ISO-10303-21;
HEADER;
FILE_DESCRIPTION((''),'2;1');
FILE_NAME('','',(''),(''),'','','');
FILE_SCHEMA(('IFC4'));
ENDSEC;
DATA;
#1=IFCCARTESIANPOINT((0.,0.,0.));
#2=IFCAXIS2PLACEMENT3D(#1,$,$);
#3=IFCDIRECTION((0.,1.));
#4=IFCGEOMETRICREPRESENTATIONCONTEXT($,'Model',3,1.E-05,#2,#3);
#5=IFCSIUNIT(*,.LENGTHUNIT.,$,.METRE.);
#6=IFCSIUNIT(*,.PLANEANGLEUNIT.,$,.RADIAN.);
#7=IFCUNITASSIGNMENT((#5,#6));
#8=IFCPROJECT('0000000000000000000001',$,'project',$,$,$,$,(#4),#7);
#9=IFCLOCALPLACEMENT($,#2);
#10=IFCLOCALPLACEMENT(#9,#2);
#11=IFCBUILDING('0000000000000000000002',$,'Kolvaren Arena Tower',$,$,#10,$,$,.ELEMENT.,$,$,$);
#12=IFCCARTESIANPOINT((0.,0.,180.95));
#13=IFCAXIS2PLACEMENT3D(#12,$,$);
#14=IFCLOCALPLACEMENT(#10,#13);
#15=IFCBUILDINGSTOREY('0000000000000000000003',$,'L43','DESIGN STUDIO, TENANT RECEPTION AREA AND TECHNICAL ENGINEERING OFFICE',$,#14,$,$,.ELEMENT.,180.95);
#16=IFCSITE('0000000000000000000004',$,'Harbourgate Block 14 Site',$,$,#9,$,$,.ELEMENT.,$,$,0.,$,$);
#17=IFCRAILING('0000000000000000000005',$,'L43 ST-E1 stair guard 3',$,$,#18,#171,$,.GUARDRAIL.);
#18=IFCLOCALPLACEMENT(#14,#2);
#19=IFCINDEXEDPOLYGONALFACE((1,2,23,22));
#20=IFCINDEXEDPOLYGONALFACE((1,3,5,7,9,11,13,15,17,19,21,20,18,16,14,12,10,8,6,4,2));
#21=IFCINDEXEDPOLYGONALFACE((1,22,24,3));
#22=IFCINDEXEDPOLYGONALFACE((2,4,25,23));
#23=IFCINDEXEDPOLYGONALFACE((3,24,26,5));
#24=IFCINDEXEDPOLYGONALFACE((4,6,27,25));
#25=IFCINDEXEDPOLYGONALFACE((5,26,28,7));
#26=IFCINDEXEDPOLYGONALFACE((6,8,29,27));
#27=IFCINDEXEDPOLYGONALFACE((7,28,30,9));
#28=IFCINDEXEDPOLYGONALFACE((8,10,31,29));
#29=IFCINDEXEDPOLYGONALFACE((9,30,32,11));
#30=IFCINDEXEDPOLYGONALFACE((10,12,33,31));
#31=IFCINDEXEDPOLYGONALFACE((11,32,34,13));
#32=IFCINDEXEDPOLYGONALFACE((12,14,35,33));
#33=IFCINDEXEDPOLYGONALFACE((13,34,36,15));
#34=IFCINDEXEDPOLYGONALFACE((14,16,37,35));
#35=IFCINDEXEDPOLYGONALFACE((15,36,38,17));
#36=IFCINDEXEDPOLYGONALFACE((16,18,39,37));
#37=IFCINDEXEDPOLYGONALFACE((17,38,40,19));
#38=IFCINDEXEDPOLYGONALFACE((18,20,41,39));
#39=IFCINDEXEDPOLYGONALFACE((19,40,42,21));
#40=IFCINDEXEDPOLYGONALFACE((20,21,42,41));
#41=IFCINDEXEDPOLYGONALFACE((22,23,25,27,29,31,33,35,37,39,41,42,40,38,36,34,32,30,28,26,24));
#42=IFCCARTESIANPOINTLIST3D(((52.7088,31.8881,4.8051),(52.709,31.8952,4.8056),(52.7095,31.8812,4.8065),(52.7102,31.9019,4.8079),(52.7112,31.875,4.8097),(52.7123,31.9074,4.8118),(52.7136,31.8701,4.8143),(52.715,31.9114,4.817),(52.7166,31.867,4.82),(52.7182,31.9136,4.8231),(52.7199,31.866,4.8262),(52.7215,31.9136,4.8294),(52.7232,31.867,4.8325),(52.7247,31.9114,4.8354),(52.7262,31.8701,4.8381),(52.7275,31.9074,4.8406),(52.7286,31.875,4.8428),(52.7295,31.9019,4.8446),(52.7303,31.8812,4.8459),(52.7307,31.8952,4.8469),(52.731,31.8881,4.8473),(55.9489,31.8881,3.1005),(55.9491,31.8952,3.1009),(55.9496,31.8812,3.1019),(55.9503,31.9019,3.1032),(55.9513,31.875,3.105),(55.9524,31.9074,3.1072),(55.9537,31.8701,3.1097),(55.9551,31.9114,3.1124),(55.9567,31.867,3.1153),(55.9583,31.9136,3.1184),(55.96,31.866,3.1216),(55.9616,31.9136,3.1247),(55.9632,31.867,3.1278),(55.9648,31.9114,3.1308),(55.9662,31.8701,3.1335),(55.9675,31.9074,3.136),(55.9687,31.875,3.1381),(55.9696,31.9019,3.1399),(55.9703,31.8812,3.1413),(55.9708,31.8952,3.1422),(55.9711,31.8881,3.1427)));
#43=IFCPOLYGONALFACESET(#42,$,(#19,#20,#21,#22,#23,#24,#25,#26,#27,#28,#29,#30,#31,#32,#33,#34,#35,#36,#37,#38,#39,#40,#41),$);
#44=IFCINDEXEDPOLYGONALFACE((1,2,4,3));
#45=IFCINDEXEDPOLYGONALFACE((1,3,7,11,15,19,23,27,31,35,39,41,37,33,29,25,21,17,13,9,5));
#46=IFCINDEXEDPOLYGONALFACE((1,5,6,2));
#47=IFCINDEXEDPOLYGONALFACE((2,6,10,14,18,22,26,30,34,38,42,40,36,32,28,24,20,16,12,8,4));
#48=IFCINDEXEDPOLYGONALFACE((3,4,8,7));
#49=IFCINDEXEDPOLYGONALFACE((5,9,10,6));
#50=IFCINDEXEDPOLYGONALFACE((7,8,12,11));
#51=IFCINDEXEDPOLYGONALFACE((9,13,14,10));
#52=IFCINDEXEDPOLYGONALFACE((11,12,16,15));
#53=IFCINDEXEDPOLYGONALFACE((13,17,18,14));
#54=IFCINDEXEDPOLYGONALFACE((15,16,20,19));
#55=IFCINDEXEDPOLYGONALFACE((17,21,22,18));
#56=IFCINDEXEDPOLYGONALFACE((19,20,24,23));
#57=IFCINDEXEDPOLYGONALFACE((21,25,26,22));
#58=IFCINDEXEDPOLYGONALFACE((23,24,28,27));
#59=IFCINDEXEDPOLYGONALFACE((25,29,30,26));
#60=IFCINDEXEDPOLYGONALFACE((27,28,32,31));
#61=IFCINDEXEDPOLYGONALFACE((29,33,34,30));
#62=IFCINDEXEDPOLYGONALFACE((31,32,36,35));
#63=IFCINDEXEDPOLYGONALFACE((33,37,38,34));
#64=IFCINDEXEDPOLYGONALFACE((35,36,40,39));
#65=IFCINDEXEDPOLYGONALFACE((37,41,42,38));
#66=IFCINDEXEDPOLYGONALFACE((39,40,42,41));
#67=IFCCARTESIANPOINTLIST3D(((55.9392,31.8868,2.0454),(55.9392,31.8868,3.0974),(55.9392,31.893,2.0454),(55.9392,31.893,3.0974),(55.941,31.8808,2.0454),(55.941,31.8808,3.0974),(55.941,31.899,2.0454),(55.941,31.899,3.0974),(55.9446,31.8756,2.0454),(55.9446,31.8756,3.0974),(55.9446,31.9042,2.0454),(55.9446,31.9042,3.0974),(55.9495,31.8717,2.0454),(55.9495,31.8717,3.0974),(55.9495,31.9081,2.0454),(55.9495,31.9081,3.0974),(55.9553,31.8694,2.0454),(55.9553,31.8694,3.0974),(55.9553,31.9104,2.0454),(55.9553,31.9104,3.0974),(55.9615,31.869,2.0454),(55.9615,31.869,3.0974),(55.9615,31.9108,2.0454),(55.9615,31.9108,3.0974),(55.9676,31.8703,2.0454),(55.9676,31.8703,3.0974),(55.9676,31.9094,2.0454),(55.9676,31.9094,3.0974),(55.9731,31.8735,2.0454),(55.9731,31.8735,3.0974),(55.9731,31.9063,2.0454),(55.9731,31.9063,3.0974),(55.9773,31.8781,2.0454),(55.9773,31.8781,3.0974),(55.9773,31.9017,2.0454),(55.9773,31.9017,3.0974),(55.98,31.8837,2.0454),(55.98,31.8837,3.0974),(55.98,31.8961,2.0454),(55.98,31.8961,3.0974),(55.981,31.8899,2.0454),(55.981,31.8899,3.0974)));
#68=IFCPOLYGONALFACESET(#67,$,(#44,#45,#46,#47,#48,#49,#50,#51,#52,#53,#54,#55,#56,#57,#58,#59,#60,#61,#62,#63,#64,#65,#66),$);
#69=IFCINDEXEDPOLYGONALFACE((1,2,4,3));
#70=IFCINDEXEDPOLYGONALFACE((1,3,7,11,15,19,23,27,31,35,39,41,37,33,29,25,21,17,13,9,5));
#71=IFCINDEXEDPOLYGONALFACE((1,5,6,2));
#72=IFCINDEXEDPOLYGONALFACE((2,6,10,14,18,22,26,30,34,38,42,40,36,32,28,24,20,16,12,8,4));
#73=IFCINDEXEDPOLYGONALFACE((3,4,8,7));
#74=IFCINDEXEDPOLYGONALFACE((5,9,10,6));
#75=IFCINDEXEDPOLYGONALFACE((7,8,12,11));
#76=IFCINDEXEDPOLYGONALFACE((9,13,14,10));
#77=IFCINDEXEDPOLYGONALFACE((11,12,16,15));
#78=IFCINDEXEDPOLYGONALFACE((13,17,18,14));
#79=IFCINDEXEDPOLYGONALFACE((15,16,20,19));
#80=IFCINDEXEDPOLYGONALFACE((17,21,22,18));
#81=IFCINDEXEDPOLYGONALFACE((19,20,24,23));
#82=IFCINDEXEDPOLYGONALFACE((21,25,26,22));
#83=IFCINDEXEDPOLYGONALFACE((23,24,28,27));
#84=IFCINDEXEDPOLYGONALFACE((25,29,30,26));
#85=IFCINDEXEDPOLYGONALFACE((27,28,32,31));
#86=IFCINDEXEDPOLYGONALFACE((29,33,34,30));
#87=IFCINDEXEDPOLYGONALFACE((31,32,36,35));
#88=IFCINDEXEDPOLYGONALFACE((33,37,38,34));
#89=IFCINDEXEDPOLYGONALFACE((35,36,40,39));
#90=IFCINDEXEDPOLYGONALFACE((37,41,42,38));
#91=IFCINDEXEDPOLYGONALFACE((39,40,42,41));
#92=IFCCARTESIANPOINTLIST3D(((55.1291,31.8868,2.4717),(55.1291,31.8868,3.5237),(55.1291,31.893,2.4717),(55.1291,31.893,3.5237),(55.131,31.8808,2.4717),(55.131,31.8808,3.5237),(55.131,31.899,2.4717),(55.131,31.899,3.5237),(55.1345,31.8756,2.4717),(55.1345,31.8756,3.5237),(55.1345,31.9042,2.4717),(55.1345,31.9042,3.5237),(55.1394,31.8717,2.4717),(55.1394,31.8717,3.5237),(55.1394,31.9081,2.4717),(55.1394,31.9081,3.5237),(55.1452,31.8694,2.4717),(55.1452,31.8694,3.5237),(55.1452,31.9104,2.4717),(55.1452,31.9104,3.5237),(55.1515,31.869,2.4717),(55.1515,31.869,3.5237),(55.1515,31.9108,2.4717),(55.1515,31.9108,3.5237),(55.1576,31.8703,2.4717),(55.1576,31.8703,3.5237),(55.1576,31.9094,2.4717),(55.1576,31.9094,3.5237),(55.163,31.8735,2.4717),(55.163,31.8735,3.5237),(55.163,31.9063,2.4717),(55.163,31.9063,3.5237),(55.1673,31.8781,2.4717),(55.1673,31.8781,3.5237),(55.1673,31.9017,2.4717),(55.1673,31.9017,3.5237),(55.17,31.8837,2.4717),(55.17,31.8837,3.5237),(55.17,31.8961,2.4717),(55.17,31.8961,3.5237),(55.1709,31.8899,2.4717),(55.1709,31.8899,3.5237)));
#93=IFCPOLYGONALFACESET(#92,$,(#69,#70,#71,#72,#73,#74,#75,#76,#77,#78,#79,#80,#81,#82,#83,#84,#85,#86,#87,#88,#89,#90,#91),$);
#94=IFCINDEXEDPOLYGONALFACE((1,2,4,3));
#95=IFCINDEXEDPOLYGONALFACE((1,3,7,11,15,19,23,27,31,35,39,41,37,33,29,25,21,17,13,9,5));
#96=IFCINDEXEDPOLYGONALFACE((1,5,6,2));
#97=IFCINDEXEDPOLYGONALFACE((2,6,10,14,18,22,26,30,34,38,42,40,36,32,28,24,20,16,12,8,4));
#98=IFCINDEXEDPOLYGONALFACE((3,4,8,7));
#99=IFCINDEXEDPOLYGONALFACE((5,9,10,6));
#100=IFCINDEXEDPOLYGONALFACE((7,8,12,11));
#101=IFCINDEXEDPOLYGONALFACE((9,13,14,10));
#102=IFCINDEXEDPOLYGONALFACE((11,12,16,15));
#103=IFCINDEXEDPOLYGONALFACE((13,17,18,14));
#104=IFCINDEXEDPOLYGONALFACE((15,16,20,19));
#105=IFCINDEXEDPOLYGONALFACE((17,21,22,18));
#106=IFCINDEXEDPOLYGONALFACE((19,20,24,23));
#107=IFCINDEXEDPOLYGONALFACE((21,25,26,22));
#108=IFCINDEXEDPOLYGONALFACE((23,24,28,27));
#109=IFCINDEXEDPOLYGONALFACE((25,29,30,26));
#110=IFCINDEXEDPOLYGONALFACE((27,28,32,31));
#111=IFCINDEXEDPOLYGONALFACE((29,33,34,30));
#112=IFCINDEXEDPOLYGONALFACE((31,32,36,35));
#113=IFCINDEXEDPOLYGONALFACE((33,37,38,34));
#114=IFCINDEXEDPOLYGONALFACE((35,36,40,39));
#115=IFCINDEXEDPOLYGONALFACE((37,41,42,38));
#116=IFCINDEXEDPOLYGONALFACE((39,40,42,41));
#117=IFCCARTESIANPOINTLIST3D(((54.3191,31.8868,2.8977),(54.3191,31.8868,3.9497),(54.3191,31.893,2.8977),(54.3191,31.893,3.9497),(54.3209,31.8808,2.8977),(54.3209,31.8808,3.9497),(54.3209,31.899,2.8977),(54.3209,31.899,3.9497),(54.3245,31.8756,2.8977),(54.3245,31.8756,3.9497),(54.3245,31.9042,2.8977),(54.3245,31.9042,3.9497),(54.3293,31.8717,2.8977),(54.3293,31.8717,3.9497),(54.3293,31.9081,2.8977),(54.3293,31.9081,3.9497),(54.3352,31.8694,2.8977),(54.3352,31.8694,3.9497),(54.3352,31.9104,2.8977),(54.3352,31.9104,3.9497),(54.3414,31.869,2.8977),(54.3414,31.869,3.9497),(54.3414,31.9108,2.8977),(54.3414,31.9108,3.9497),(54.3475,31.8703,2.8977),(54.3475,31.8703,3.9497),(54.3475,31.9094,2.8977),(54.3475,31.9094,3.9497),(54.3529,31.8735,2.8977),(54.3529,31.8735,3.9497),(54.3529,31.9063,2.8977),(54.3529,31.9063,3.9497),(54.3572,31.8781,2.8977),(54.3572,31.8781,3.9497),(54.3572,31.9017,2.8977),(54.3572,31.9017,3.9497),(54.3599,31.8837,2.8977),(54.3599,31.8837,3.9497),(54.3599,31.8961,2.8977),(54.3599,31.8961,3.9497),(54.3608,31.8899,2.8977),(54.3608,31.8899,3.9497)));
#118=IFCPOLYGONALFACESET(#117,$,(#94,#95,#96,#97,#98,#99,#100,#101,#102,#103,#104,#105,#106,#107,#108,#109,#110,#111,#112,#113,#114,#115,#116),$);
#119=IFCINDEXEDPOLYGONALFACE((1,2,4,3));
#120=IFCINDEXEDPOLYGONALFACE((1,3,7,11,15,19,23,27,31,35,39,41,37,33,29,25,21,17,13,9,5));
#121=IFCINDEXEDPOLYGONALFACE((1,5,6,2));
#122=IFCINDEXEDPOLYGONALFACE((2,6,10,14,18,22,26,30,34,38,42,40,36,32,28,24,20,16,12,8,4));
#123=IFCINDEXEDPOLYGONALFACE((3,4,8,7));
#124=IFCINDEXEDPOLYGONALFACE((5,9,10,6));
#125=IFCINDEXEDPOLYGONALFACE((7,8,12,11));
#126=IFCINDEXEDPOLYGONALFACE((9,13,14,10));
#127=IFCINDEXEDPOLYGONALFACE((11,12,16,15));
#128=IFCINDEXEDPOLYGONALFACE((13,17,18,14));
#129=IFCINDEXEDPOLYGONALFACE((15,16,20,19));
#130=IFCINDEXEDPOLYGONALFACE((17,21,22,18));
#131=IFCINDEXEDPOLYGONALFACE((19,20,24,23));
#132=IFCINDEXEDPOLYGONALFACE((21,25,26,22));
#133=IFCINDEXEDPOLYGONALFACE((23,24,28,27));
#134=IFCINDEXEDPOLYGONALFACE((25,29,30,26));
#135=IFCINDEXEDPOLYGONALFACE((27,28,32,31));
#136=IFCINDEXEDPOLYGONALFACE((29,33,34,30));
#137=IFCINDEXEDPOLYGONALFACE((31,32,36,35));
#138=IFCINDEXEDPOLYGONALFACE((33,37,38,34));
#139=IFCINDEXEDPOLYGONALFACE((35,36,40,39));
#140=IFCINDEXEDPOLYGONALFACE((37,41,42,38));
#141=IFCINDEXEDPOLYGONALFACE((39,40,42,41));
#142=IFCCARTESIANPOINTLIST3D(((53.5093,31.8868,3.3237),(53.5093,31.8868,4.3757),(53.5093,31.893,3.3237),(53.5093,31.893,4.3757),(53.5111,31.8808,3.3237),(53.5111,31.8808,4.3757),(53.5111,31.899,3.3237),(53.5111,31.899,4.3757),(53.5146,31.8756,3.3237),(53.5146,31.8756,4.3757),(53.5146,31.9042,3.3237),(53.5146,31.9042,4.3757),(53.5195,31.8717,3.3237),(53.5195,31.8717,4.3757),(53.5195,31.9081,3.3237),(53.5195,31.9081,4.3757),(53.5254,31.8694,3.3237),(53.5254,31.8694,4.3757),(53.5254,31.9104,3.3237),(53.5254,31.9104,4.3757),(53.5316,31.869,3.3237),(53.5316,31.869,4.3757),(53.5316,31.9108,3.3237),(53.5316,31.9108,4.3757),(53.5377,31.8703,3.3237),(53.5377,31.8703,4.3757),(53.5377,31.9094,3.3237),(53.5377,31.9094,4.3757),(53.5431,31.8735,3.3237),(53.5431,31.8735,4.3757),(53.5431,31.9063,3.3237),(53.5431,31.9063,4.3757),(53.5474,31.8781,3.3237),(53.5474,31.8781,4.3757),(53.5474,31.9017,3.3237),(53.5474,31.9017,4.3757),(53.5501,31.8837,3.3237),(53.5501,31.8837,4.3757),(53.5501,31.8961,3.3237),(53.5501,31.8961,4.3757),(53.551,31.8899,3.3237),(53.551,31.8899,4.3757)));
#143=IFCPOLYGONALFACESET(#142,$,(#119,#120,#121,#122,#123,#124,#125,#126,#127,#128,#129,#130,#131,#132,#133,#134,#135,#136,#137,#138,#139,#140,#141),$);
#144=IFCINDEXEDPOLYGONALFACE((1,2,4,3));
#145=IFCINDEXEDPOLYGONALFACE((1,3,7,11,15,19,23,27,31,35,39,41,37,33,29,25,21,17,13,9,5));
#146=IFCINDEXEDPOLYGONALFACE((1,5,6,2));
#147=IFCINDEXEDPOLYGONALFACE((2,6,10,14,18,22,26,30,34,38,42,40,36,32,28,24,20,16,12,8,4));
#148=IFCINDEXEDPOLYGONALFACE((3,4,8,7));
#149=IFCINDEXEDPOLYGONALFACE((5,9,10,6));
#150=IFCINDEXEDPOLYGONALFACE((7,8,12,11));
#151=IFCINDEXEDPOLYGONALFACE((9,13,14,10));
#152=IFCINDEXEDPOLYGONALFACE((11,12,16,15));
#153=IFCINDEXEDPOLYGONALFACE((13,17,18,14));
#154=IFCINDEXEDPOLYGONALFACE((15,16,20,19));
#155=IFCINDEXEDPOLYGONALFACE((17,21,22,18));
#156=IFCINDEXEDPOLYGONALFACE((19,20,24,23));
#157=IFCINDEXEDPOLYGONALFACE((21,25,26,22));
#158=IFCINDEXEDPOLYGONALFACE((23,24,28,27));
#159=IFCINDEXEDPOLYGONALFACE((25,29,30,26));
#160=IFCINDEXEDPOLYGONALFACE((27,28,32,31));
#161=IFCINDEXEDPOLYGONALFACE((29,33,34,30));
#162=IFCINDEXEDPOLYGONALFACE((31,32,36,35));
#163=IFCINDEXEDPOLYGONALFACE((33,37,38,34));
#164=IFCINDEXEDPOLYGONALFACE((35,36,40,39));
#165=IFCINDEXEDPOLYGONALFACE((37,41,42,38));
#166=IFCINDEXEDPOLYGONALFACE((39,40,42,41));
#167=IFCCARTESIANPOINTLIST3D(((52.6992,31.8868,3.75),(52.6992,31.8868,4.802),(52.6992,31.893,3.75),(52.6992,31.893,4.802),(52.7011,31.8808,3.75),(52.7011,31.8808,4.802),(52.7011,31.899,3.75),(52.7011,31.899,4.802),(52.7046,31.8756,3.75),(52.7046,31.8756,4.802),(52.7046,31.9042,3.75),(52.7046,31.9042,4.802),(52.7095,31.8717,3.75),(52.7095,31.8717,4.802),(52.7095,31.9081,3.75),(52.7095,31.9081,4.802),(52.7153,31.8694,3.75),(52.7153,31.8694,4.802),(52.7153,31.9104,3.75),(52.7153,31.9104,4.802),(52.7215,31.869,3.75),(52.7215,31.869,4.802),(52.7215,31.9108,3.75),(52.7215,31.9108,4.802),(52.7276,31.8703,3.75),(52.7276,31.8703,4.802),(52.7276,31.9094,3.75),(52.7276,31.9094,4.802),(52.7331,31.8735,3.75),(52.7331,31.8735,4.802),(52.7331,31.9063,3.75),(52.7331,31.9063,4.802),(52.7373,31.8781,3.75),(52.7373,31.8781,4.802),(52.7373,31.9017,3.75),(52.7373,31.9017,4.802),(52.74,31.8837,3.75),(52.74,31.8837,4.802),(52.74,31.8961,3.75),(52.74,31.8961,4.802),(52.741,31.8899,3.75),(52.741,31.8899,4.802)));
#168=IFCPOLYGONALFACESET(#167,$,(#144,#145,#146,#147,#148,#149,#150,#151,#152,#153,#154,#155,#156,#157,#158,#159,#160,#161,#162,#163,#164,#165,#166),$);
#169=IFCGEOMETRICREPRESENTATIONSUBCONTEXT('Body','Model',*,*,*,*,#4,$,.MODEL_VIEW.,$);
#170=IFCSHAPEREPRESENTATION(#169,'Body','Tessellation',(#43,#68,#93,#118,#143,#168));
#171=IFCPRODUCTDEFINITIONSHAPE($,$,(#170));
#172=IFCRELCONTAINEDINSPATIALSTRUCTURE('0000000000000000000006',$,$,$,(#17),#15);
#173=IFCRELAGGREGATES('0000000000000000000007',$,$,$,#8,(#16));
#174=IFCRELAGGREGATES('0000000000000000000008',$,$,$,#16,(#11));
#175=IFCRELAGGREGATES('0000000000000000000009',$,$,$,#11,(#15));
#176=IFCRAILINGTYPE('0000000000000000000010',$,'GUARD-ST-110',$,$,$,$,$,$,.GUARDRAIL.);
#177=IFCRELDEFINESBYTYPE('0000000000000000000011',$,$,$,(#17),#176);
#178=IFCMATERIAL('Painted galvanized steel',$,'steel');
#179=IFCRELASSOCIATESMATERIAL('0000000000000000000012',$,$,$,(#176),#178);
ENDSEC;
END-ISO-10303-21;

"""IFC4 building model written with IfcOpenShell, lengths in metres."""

from ifc_helpers import new_model, si_unit, direction, frame, origin, origin_2d, place, context, subcontext, project, spatial, circle, extrude, material, type_object, element, save


model = new_model("IFC4")

# Units and contexts
model_context = context("Model", 3, precision=1e-05, world=origin(), true_north=direction((0.0, 1.0)))
body_context = subcontext(model_context, "Body", "Model", "MODEL_VIEW")
ifc_project = project(units=[si_unit("LENGTHUNIT", "METRE"), si_unit("PLANEANGLEUNIT", "RADIAN")], contexts=[model_context])

# Site, building, storey
site_placement = place(None, origin())
site = spatial("IfcSite", under=ifc_project, at=site_placement, Name="Harbourgate Block 14 Site", CompositionType="ELEMENT", RefElevation=0.0)
building_placement = place(site_placement, origin())
building = spatial("IfcBuilding", under=site, at=building_placement, Name="Kolvaren Arena Tower", CompositionType="ELEMENT")
storey_placement = place(building_placement, frame((0.0, 0.0, 180.95)))
storey = spatial("IfcBuildingStorey", under=building, at=storey_placement, Name="L43", Description="DESIGN STUDIO, TENANT RECEPTION AREA AND TECHNICAL ENGINEERING OFFICE", CompositionType="ELEMENT", Elevation=180.95)

# Railing
ifc_material_1 = material(Name="Painted galvanized steel", Category="steel")
railing_type_1 = type_object("IfcRailingType", Name="GUARD-ST-110", PredefinedType="GUARDRAIL", material=ifc_material_1)
railing_1_placement = place(storey_placement, frame((55.96, 31.8899, 2.0454)))
element("IfcRailing", 1, at=railing_1_placement, inside=storey, type_object=railing_type_1, Name="L43 ST-E1 stair guard 3", PredefinedType="GUARDRAIL", context=body_context, shape_type="SweptSolid", body=[
    extrude(circle(Radius=0.0239, at=origin_2d()), frame((0.0, 0.0, 1.0762), z_axis=(-0.884993, 0.0, 0.465604), x_axis=(0.0, -1.0, 0.0)), (0.0, 0.0, 1.0), 3.6611),
    extrude(circle(Radius=0.021, at=origin_2d()), origin(), (0.0, 0.0, 1.0), 1.052),
    extrude(circle(Radius=0.021, at=origin_2d()), frame((-0.8101, 0.0, 0.4263)), (0.0, 0.0, 1.0), 1.052),
    extrude(circle(Radius=0.021, at=origin_2d()), frame((-1.6201, 0.0, 0.8523)), (0.0, 0.0, 1.0), 1.052),
    extrude(circle(Radius=0.021, at=origin_2d()), frame((-2.4299, 0.0, 1.2783)), (0.0, 0.0, 1.0), 1.052),
    extrude(circle(Radius=0.021, at=origin_2d()), frame((-3.24, 0.0, 1.7046)), (0.0, 0.0, 1.0), 1.052),
])

save(model, "model.ifc")
